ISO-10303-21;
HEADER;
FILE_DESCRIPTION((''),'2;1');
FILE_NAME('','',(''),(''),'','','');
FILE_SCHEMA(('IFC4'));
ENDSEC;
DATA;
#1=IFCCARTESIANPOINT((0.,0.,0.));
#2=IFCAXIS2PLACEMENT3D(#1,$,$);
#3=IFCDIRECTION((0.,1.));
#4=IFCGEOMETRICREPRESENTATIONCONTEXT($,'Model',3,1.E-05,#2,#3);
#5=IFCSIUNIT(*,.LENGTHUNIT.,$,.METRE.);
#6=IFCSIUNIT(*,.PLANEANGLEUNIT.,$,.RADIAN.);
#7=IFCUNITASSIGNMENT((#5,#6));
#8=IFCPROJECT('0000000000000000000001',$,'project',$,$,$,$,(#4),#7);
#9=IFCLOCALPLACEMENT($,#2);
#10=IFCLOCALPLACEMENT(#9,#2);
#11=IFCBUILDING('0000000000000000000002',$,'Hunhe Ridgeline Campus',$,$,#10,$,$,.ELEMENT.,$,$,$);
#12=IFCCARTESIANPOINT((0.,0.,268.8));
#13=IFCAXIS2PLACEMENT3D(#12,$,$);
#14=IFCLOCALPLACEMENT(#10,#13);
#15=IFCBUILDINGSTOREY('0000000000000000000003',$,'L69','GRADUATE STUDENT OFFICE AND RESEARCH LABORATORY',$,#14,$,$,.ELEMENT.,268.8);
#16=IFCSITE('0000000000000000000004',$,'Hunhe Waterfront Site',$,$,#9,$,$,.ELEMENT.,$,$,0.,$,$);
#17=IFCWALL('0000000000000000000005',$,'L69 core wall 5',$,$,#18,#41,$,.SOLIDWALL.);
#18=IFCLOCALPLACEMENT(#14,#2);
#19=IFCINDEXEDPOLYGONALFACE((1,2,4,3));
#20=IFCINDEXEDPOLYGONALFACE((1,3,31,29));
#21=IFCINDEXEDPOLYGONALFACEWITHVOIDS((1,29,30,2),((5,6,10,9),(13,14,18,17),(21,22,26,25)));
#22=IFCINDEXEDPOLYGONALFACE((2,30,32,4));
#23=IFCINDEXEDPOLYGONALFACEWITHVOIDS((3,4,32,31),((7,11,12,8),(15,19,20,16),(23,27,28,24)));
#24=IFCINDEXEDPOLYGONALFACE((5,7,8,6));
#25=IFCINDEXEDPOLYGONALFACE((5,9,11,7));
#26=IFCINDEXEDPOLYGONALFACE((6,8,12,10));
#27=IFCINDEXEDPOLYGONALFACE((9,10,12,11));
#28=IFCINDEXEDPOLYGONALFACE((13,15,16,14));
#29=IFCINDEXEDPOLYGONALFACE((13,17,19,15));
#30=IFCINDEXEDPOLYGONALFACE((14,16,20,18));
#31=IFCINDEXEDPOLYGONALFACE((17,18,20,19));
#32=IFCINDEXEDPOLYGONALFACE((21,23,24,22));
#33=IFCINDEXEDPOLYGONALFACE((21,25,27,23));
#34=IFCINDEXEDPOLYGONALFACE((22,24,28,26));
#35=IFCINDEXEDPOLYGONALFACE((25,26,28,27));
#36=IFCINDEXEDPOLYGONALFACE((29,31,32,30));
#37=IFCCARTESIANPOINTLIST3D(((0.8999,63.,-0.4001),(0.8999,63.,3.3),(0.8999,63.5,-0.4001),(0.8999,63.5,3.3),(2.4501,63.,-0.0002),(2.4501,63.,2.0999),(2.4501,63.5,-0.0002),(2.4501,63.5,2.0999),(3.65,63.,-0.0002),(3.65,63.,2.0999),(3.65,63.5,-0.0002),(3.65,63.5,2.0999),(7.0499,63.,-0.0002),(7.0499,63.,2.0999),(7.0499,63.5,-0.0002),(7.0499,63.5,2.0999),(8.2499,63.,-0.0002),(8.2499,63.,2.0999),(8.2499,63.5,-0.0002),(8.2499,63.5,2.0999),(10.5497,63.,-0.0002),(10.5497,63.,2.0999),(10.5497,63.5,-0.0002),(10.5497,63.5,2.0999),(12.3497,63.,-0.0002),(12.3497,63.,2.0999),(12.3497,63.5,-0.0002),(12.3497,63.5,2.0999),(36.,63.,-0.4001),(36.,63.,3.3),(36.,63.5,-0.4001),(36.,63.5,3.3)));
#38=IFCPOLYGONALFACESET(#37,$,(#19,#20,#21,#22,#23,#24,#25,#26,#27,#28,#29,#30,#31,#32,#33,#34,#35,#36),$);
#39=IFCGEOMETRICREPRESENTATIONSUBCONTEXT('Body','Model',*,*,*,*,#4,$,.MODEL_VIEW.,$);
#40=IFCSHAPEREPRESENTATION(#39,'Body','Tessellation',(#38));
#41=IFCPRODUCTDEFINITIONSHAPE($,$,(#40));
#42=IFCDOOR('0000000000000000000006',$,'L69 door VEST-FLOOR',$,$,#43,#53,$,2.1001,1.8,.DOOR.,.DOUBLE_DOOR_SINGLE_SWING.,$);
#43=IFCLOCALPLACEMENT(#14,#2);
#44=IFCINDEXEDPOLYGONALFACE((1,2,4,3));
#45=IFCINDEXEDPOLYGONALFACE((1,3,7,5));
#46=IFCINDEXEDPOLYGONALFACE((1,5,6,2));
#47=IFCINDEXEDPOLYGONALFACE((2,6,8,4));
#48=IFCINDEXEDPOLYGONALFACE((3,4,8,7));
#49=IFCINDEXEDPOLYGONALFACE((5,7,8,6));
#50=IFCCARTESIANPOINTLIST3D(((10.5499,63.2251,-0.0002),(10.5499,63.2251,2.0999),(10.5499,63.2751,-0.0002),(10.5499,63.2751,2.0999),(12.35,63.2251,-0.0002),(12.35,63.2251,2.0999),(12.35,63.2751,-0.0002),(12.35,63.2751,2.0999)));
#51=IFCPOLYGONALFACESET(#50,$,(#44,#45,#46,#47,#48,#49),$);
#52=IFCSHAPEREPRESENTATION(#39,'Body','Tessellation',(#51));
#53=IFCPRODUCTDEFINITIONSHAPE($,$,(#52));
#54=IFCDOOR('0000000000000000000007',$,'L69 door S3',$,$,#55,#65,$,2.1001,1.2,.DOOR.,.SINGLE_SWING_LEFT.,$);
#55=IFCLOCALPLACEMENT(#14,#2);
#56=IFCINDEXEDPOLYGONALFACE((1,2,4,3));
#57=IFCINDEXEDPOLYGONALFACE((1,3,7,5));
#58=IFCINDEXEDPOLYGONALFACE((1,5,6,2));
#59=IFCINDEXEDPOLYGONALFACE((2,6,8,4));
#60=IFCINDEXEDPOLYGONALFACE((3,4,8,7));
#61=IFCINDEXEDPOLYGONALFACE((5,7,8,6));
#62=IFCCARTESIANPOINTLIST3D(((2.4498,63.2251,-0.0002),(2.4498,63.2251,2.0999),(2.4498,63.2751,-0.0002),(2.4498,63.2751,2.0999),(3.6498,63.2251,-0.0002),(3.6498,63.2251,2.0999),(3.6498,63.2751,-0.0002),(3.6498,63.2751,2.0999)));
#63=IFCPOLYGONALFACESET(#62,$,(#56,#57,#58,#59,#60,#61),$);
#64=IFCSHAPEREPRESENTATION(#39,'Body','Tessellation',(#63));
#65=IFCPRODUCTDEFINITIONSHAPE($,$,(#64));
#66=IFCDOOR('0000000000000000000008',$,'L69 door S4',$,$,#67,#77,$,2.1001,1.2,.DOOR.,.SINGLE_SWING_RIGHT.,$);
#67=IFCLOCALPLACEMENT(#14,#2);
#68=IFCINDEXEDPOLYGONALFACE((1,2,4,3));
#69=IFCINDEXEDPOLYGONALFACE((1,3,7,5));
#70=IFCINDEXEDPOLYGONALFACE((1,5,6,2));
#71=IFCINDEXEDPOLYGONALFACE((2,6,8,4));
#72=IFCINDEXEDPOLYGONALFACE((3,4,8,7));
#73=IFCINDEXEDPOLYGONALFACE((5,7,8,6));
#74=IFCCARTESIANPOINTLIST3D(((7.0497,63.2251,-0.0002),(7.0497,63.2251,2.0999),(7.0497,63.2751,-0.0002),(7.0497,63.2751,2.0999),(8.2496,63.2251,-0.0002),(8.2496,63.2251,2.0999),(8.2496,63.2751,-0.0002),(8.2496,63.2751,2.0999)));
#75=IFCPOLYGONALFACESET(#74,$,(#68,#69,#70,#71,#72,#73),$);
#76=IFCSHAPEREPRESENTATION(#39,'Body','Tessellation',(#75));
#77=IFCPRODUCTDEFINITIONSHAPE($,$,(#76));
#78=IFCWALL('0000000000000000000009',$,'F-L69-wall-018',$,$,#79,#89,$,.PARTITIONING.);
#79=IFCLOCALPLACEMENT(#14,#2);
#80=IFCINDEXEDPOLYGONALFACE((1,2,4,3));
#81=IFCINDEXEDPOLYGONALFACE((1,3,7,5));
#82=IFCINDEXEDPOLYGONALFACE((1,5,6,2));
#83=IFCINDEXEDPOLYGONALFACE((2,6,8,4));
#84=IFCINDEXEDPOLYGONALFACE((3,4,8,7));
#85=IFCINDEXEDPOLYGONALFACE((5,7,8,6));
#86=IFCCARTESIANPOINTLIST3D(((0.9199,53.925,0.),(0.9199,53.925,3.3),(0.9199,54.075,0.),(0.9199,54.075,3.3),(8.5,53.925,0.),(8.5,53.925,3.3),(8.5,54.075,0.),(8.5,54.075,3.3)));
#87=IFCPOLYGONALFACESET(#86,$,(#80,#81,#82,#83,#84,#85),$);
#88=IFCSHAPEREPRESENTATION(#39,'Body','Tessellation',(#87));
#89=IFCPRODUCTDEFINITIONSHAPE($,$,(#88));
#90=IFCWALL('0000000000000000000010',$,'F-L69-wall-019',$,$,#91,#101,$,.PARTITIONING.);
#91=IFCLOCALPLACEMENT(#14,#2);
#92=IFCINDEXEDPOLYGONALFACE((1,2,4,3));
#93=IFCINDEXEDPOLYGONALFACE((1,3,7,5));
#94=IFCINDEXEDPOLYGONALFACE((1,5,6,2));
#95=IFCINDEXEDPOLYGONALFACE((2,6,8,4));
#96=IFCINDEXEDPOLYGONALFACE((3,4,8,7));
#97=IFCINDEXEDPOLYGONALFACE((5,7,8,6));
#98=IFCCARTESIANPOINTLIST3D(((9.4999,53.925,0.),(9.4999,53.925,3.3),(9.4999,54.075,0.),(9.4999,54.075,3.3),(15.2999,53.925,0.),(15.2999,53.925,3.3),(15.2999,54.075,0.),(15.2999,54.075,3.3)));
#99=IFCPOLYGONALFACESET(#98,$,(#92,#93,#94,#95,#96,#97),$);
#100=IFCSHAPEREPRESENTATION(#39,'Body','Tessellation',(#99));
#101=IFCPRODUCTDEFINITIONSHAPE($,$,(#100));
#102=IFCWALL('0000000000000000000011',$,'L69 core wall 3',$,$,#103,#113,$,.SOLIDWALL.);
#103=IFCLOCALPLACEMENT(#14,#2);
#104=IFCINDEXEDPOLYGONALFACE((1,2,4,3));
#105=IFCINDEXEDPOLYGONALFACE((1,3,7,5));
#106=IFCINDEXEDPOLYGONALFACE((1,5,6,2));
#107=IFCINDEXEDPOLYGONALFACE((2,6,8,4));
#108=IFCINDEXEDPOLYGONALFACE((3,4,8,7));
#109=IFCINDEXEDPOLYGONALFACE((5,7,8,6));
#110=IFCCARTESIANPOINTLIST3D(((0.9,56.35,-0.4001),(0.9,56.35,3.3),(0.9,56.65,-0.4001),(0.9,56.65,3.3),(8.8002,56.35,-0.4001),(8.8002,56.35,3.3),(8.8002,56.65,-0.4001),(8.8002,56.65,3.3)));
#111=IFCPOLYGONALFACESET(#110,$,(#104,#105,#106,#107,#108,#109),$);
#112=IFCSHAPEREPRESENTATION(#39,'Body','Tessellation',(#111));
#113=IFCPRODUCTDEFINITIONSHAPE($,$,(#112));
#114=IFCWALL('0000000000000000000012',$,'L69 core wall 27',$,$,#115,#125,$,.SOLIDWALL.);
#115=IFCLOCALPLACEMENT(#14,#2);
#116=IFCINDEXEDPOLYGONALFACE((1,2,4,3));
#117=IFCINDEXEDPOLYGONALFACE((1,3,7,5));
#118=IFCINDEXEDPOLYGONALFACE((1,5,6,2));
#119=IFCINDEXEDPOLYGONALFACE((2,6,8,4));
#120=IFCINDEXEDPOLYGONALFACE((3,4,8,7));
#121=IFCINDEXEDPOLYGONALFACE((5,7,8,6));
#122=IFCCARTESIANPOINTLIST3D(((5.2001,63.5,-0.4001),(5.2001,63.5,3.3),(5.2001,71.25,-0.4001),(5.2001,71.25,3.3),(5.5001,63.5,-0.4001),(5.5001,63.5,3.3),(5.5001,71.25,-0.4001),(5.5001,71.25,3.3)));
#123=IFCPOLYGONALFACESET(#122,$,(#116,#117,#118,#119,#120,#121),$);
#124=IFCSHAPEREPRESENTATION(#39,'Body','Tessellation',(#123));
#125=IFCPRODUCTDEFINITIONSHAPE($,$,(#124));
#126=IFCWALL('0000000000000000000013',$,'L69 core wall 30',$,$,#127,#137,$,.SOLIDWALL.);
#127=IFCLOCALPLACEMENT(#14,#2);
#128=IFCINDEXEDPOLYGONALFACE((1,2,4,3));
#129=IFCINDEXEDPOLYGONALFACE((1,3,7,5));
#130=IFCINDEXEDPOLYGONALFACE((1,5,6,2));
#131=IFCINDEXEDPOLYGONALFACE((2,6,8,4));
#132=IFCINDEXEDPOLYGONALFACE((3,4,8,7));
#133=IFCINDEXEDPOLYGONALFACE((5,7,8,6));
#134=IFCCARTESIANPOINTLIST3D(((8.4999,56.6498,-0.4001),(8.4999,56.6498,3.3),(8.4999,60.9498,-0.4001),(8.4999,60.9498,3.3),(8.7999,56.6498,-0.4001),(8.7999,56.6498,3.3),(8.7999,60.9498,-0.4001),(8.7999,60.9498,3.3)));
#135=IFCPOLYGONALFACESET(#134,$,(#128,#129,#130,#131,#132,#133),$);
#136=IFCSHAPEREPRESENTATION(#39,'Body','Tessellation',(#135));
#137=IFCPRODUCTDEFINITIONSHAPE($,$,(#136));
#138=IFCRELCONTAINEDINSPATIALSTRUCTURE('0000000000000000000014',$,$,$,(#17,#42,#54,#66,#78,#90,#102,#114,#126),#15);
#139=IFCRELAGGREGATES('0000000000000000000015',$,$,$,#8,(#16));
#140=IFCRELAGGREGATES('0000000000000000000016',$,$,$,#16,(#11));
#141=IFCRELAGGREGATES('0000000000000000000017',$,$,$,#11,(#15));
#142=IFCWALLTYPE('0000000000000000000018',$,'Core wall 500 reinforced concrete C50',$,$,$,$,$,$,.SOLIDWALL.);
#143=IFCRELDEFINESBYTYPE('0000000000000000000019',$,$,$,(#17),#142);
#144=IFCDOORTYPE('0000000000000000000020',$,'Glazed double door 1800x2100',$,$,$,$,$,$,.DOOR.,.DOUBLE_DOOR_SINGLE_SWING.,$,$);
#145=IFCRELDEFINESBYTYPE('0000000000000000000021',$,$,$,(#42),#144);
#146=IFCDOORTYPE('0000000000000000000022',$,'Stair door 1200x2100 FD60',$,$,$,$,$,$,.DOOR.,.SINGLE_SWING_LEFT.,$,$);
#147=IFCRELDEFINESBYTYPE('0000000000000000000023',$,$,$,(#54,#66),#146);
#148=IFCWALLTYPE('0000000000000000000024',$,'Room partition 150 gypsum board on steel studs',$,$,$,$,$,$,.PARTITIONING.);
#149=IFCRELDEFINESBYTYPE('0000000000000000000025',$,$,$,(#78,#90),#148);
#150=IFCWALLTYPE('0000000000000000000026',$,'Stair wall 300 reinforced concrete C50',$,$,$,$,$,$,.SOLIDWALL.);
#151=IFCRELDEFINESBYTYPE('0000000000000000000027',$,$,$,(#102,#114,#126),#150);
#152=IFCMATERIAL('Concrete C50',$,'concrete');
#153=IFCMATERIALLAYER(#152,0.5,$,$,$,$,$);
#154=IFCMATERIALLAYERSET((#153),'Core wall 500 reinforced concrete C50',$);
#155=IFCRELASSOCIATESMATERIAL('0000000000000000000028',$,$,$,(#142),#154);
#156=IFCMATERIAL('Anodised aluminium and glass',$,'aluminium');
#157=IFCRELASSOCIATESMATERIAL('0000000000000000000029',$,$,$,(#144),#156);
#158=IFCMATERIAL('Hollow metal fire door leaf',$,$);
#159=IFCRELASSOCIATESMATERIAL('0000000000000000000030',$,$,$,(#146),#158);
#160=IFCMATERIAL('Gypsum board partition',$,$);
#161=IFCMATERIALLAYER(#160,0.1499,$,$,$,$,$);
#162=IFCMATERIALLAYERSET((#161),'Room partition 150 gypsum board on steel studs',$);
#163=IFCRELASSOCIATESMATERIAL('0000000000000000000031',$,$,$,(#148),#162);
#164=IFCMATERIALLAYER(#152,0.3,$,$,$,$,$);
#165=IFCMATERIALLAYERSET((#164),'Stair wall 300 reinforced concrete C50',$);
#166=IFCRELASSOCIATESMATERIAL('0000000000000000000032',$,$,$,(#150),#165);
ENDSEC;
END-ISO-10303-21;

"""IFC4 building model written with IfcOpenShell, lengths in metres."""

from ifc_helpers import new_model, si_unit, direction, frame, frame_2d, origin, place, context, subcontext, project, spatial, rectangle, extrude, material, layer, layer_set, type_object, element, fill, save


model = new_model("IFC4")

# Units and contexts
model_context = context("Model", 3, precision=1e-05, world=origin(), true_north=direction((0.0, 1.0)))
body_context = subcontext(model_context, "Body", "Model", "MODEL_VIEW")
ifc_project = project(units=[si_unit("LENGTHUNIT", "METRE"), si_unit("PLANEANGLEUNIT", "RADIAN")], contexts=[model_context])

# Site, building, storey
site_placement = place(None, origin())
site = spatial("IfcSite", under=ifc_project, at=site_placement, Name="Hunhe Waterfront Site", CompositionType="ELEMENT", RefElevation=0.0)
building_placement = place(site_placement, origin())
building = spatial("IfcBuilding", under=site, at=building_placement, Name="Hunhe Ridgeline Campus", CompositionType="ELEMENT")
storey_placement = place(building_placement, frame((0.0, 0.0, 268.8)))
storey = spatial("IfcBuildingStorey", under=building, at=storey_placement, Name="L69", Description="GRADUATE STUDENT OFFICE AND RESEARCH LABORATORY", CompositionType="ELEMENT", Elevation=268.8)

# Wall, openings, doors
ifc_material_1 = material(Name="Concrete C50", Category="concrete")
ifc_layer_1 = layer(ifc_material_1, 0.5)
ifc_layer_set_1 = layer_set([ifc_layer_1], Name="Core wall 500 reinforced concrete C50")
wall_type_1 = type_object("IfcWallType", Name="Core wall 500 reinforced concrete C50", PredefinedType="SOLIDWALL", material=ifc_layer_set_1)
wall_1_placement = place(storey_placement, frame((0.8999, 63.25, -0.4001), z_axis=(0.0, 0.0, 1.0), x_axis=(1.0, 0.0, 0.0)))
wall_1 = element("IfcWall", 1, at=wall_1_placement, inside=storey, type_object=wall_type_1, Name="L69 core wall 5", PredefinedType="SOLIDWALL", context=body_context, shape_type="SweptSolid", body=[
    extrude(rectangle(XDim=35.1001, YDim=0.5, at=frame_2d((17.55, 0.0))), origin(), (0.0, 0.0, 1.0), 3.7002),
])
opening_1_placement = place(wall_1_placement, frame((9.6499, 0.0, 0.3999)))
opening_1 = element("IfcOpeningElement", 2, at=opening_1_placement, cuts=wall_1, PredefinedType="OPENING", context=body_context, shape_type="SweptSolid", body=[
    extrude(rectangle(XDim=1.8, YDim=2.1001, at=frame_2d((0.8999, 1.05))), frame((0.0, 0.25, 0.0), z_axis=(0.0, -1.0, 0.0), x_axis=(1.0, 0.0, 0.0)), (0.0, 0.0, 1.0), 0.5),
])
opening_2_placement = place(wall_1_placement, frame((1.55, 0.0, 0.3999)))
opening_2 = element("IfcOpeningElement", 3, at=opening_2_placement, cuts=wall_1, PredefinedType="OPENING", context=body_context, shape_type="SweptSolid", body=[
    extrude(rectangle(XDim=1.2, YDim=2.1001, at=frame_2d((0.6001, 1.05))), frame((0.0, 0.25, 0.0), z_axis=(0.0, -1.0, 0.0), x_axis=(1.0, 0.0, 0.0)), (0.0, 0.0, 1.0), 0.5),
])
opening_3_placement = place(wall_1_placement, frame((6.1499, 0.0, 0.3999)))
opening_3 = element("IfcOpeningElement", 4, at=opening_3_placement, cuts=wall_1, PredefinedType="OPENING", context=body_context, shape_type="SweptSolid", body=[
    extrude(rectangle(XDim=1.2, YDim=2.1001, at=frame_2d((0.6001, 1.05))), frame((0.0, 0.25, 0.0), z_axis=(0.0, -1.0, 0.0), x_axis=(1.0, 0.0, 0.0)), (0.0, 0.0, 1.0), 0.5),
])
ifc_material_2 = material(Name="Anodised aluminium and glass", Category="aluminium")
door_type_1 = type_object("IfcDoorType", Name="Glazed double door 1800x2100", OperationType="DOUBLE_DOOR_SINGLE_SWING", PredefinedType="DOOR", material=ifc_material_2)
door_1_placement = place(opening_1_placement, frame((1.8, 0.0, 0.0), z_axis=(0.0, 0.0, 1.0), x_axis=(-1.0, 0.0, 0.0)))
door_1 = element("IfcDoor", 5, at=door_1_placement, inside=storey, type_object=door_type_1, Name="L69 door VEST-FLOOR", OperationType="DOUBLE_DOOR_SINGLE_SWING", OverallHeight=2.1001, OverallWidth=1.8, PredefinedType="DOOR", context=body_context, shape_type="SweptSolid", body=[
    extrude(rectangle(XDim=1.8, YDim=2.1001, at=frame_2d((0.8999, 1.05))), frame((0.0, 0.0249, 0.0), z_axis=(0.0, -1.0, 0.0), x_axis=(1.0, 0.0, 0.0)), (0.0, 0.0, 1.0), 0.05),
])
fill(opening_1, door_1)
ifc_material_3 = material(Name="Hollow metal fire door leaf")
door_type_2 = type_object("IfcDoorType", Name="Stair door 1200x2100 FD60", OperationType="SINGLE_SWING_LEFT", PredefinedType="DOOR", material=ifc_material_3)
door_2_placement = place(opening_2_placement, frame((1.2, 0.0, 0.0), z_axis=(0.0, 0.0, 1.0), x_axis=(-1.0, 0.0, 0.0)))
door_2 = element("IfcDoor", 6, at=door_2_placement, inside=storey, type_object=door_type_2, Name="L69 door S3", OperationType="SINGLE_SWING_LEFT", OverallHeight=2.1001, OverallWidth=1.2, PredefinedType="DOOR", context=body_context, shape_type="SweptSolid", body=[
    extrude(rectangle(XDim=1.2, YDim=2.1001, at=frame_2d((0.6001, 1.05))), frame((0.0, 0.0249, 0.0), z_axis=(0.0, -1.0, 0.0), x_axis=(1.0, 0.0, 0.0)), (0.0, 0.0, 1.0), 0.05),
])
fill(opening_2, door_2)
door_3_placement = place(opening_3_placement, frame((1.2, 0.0, 0.0), z_axis=(0.0, 0.0, 1.0), x_axis=(-1.0, 0.0, 0.0)))
door_3 = element("IfcDoor", 7, at=door_3_placement, inside=storey, type_object=door_type_2, Name="L69 door S4", OperationType="SINGLE_SWING_RIGHT", OverallHeight=2.1001, OverallWidth=1.2, PredefinedType="DOOR", context=body_context, shape_type="SweptSolid", body=[
    extrude(rectangle(XDim=1.2, YDim=2.1001, at=frame_2d((0.6001, 1.05))), frame((0.0, 0.0249, 0.0), z_axis=(0.0, -1.0, 0.0), x_axis=(1.0, 0.0, 0.0)), (0.0, 0.0, 1.0), 0.05),
])
fill(opening_3, door_3)

# Walls
ifc_material_4 = material(Name="Gypsum board partition")
ifc_layer_2 = layer(ifc_material_4, 0.1499)
ifc_layer_set_2 = layer_set([ifc_layer_2], Name="Room partition 150 gypsum board on steel studs")
wall_type_2 = type_object("IfcWallType", Name="Room partition 150 gypsum board on steel studs", PredefinedType="PARTITIONING", material=ifc_layer_set_2)
wall_2_placement = place(storey_placement, frame((0.9199, 54.0, 0.0), z_axis=(0.0, 0.0, 1.0), x_axis=(1.0, 0.0, 0.0)))
element("IfcWall", 8, at=wall_2_placement, inside=storey, type_object=wall_type_2, Name="F-L69-wall-018", PredefinedType="PARTITIONING", context=body_context, shape_type="SweptSolid", body=[
    extrude(rectangle(XDim=7.5801, YDim=0.1499, at=frame_2d((3.79, 0.0))), origin(), (0.0, 0.0, 1.0), 3.3),
])
wall_3_placement = place(storey_placement, frame((9.5, 54.0, 0.0), z_axis=(0.0, 0.0, 1.0), x_axis=(1.0, 0.0, 0.0)))
element("IfcWall", 9, at=wall_3_placement, inside=storey, type_object=wall_type_2, Name="F-L69-wall-019", PredefinedType="PARTITIONING", context=body_context, shape_type="SweptSolid", body=[
    extrude(rectangle(XDim=5.8, YDim=0.1499, at=frame_2d((2.8999, 0.0))), origin(), (0.0, 0.0, 1.0), 3.3),
])
ifc_layer_3 = layer(ifc_material_1, 0.3)
ifc_layer_set_3 = layer_set([ifc_layer_3], Name="Stair wall 300 reinforced concrete C50")
wall_type_3 = type_object("IfcWallType", Name="Stair wall 300 reinforced concrete C50", PredefinedType="SOLIDWALL", material=ifc_layer_set_3)
wall_4_placement = place(storey_placement, frame((0.8999, 56.5, -0.4001), z_axis=(0.0, 0.0, 1.0), x_axis=(1.0, 0.0, 0.0)))
element("IfcWall", 10, at=wall_4_placement, inside=storey, type_object=wall_type_3, Name="L69 core wall 3", PredefinedType="SOLIDWALL", context=body_context, shape_type="SweptSolid", body=[
    extrude(rectangle(XDim=7.9001, YDim=0.3, at=frame_2d((3.9502, 0.0))), origin(), (0.0, 0.0, 1.0), 3.7002),
])

# Walls
wall_5_placement = place(storey_placement, frame((5.3501, 63.5, -0.4001), z_axis=(0.0, 0.0, 1.0), x_axis=(0.0, 1.0, 0.0)))
element("IfcWall", 11, at=wall_5_placement, inside=storey, type_object=wall_type_3, Name="L69 core wall 27", PredefinedType="SOLIDWALL", context=body_context, shape_type="SweptSolid", body=[
    extrude(rectangle(XDim=7.75, YDim=0.3, at=frame_2d((3.875, 0.0))), origin(), (0.0, 0.0, 1.0), 3.7002),
])
wall_6_placement = place(storey_placement, frame((8.6499, 56.6499, -0.4001), z_axis=(0.0, 0.0, 1.0), x_axis=(0.0, 1.0, 0.0)))
element("IfcWall", 12, at=wall_6_placement, inside=storey, type_object=wall_type_3, Name="L69 core wall 30", PredefinedType="SOLIDWALL", context=body_context, shape_type="SweptSolid", body=[
    extrude(rectangle(XDim=4.3, YDim=0.3, at=frame_2d((2.1499, 0.0))), origin(), (0.0, 0.0, 1.0), 3.7002),
])

save(model, "model.ifc")
